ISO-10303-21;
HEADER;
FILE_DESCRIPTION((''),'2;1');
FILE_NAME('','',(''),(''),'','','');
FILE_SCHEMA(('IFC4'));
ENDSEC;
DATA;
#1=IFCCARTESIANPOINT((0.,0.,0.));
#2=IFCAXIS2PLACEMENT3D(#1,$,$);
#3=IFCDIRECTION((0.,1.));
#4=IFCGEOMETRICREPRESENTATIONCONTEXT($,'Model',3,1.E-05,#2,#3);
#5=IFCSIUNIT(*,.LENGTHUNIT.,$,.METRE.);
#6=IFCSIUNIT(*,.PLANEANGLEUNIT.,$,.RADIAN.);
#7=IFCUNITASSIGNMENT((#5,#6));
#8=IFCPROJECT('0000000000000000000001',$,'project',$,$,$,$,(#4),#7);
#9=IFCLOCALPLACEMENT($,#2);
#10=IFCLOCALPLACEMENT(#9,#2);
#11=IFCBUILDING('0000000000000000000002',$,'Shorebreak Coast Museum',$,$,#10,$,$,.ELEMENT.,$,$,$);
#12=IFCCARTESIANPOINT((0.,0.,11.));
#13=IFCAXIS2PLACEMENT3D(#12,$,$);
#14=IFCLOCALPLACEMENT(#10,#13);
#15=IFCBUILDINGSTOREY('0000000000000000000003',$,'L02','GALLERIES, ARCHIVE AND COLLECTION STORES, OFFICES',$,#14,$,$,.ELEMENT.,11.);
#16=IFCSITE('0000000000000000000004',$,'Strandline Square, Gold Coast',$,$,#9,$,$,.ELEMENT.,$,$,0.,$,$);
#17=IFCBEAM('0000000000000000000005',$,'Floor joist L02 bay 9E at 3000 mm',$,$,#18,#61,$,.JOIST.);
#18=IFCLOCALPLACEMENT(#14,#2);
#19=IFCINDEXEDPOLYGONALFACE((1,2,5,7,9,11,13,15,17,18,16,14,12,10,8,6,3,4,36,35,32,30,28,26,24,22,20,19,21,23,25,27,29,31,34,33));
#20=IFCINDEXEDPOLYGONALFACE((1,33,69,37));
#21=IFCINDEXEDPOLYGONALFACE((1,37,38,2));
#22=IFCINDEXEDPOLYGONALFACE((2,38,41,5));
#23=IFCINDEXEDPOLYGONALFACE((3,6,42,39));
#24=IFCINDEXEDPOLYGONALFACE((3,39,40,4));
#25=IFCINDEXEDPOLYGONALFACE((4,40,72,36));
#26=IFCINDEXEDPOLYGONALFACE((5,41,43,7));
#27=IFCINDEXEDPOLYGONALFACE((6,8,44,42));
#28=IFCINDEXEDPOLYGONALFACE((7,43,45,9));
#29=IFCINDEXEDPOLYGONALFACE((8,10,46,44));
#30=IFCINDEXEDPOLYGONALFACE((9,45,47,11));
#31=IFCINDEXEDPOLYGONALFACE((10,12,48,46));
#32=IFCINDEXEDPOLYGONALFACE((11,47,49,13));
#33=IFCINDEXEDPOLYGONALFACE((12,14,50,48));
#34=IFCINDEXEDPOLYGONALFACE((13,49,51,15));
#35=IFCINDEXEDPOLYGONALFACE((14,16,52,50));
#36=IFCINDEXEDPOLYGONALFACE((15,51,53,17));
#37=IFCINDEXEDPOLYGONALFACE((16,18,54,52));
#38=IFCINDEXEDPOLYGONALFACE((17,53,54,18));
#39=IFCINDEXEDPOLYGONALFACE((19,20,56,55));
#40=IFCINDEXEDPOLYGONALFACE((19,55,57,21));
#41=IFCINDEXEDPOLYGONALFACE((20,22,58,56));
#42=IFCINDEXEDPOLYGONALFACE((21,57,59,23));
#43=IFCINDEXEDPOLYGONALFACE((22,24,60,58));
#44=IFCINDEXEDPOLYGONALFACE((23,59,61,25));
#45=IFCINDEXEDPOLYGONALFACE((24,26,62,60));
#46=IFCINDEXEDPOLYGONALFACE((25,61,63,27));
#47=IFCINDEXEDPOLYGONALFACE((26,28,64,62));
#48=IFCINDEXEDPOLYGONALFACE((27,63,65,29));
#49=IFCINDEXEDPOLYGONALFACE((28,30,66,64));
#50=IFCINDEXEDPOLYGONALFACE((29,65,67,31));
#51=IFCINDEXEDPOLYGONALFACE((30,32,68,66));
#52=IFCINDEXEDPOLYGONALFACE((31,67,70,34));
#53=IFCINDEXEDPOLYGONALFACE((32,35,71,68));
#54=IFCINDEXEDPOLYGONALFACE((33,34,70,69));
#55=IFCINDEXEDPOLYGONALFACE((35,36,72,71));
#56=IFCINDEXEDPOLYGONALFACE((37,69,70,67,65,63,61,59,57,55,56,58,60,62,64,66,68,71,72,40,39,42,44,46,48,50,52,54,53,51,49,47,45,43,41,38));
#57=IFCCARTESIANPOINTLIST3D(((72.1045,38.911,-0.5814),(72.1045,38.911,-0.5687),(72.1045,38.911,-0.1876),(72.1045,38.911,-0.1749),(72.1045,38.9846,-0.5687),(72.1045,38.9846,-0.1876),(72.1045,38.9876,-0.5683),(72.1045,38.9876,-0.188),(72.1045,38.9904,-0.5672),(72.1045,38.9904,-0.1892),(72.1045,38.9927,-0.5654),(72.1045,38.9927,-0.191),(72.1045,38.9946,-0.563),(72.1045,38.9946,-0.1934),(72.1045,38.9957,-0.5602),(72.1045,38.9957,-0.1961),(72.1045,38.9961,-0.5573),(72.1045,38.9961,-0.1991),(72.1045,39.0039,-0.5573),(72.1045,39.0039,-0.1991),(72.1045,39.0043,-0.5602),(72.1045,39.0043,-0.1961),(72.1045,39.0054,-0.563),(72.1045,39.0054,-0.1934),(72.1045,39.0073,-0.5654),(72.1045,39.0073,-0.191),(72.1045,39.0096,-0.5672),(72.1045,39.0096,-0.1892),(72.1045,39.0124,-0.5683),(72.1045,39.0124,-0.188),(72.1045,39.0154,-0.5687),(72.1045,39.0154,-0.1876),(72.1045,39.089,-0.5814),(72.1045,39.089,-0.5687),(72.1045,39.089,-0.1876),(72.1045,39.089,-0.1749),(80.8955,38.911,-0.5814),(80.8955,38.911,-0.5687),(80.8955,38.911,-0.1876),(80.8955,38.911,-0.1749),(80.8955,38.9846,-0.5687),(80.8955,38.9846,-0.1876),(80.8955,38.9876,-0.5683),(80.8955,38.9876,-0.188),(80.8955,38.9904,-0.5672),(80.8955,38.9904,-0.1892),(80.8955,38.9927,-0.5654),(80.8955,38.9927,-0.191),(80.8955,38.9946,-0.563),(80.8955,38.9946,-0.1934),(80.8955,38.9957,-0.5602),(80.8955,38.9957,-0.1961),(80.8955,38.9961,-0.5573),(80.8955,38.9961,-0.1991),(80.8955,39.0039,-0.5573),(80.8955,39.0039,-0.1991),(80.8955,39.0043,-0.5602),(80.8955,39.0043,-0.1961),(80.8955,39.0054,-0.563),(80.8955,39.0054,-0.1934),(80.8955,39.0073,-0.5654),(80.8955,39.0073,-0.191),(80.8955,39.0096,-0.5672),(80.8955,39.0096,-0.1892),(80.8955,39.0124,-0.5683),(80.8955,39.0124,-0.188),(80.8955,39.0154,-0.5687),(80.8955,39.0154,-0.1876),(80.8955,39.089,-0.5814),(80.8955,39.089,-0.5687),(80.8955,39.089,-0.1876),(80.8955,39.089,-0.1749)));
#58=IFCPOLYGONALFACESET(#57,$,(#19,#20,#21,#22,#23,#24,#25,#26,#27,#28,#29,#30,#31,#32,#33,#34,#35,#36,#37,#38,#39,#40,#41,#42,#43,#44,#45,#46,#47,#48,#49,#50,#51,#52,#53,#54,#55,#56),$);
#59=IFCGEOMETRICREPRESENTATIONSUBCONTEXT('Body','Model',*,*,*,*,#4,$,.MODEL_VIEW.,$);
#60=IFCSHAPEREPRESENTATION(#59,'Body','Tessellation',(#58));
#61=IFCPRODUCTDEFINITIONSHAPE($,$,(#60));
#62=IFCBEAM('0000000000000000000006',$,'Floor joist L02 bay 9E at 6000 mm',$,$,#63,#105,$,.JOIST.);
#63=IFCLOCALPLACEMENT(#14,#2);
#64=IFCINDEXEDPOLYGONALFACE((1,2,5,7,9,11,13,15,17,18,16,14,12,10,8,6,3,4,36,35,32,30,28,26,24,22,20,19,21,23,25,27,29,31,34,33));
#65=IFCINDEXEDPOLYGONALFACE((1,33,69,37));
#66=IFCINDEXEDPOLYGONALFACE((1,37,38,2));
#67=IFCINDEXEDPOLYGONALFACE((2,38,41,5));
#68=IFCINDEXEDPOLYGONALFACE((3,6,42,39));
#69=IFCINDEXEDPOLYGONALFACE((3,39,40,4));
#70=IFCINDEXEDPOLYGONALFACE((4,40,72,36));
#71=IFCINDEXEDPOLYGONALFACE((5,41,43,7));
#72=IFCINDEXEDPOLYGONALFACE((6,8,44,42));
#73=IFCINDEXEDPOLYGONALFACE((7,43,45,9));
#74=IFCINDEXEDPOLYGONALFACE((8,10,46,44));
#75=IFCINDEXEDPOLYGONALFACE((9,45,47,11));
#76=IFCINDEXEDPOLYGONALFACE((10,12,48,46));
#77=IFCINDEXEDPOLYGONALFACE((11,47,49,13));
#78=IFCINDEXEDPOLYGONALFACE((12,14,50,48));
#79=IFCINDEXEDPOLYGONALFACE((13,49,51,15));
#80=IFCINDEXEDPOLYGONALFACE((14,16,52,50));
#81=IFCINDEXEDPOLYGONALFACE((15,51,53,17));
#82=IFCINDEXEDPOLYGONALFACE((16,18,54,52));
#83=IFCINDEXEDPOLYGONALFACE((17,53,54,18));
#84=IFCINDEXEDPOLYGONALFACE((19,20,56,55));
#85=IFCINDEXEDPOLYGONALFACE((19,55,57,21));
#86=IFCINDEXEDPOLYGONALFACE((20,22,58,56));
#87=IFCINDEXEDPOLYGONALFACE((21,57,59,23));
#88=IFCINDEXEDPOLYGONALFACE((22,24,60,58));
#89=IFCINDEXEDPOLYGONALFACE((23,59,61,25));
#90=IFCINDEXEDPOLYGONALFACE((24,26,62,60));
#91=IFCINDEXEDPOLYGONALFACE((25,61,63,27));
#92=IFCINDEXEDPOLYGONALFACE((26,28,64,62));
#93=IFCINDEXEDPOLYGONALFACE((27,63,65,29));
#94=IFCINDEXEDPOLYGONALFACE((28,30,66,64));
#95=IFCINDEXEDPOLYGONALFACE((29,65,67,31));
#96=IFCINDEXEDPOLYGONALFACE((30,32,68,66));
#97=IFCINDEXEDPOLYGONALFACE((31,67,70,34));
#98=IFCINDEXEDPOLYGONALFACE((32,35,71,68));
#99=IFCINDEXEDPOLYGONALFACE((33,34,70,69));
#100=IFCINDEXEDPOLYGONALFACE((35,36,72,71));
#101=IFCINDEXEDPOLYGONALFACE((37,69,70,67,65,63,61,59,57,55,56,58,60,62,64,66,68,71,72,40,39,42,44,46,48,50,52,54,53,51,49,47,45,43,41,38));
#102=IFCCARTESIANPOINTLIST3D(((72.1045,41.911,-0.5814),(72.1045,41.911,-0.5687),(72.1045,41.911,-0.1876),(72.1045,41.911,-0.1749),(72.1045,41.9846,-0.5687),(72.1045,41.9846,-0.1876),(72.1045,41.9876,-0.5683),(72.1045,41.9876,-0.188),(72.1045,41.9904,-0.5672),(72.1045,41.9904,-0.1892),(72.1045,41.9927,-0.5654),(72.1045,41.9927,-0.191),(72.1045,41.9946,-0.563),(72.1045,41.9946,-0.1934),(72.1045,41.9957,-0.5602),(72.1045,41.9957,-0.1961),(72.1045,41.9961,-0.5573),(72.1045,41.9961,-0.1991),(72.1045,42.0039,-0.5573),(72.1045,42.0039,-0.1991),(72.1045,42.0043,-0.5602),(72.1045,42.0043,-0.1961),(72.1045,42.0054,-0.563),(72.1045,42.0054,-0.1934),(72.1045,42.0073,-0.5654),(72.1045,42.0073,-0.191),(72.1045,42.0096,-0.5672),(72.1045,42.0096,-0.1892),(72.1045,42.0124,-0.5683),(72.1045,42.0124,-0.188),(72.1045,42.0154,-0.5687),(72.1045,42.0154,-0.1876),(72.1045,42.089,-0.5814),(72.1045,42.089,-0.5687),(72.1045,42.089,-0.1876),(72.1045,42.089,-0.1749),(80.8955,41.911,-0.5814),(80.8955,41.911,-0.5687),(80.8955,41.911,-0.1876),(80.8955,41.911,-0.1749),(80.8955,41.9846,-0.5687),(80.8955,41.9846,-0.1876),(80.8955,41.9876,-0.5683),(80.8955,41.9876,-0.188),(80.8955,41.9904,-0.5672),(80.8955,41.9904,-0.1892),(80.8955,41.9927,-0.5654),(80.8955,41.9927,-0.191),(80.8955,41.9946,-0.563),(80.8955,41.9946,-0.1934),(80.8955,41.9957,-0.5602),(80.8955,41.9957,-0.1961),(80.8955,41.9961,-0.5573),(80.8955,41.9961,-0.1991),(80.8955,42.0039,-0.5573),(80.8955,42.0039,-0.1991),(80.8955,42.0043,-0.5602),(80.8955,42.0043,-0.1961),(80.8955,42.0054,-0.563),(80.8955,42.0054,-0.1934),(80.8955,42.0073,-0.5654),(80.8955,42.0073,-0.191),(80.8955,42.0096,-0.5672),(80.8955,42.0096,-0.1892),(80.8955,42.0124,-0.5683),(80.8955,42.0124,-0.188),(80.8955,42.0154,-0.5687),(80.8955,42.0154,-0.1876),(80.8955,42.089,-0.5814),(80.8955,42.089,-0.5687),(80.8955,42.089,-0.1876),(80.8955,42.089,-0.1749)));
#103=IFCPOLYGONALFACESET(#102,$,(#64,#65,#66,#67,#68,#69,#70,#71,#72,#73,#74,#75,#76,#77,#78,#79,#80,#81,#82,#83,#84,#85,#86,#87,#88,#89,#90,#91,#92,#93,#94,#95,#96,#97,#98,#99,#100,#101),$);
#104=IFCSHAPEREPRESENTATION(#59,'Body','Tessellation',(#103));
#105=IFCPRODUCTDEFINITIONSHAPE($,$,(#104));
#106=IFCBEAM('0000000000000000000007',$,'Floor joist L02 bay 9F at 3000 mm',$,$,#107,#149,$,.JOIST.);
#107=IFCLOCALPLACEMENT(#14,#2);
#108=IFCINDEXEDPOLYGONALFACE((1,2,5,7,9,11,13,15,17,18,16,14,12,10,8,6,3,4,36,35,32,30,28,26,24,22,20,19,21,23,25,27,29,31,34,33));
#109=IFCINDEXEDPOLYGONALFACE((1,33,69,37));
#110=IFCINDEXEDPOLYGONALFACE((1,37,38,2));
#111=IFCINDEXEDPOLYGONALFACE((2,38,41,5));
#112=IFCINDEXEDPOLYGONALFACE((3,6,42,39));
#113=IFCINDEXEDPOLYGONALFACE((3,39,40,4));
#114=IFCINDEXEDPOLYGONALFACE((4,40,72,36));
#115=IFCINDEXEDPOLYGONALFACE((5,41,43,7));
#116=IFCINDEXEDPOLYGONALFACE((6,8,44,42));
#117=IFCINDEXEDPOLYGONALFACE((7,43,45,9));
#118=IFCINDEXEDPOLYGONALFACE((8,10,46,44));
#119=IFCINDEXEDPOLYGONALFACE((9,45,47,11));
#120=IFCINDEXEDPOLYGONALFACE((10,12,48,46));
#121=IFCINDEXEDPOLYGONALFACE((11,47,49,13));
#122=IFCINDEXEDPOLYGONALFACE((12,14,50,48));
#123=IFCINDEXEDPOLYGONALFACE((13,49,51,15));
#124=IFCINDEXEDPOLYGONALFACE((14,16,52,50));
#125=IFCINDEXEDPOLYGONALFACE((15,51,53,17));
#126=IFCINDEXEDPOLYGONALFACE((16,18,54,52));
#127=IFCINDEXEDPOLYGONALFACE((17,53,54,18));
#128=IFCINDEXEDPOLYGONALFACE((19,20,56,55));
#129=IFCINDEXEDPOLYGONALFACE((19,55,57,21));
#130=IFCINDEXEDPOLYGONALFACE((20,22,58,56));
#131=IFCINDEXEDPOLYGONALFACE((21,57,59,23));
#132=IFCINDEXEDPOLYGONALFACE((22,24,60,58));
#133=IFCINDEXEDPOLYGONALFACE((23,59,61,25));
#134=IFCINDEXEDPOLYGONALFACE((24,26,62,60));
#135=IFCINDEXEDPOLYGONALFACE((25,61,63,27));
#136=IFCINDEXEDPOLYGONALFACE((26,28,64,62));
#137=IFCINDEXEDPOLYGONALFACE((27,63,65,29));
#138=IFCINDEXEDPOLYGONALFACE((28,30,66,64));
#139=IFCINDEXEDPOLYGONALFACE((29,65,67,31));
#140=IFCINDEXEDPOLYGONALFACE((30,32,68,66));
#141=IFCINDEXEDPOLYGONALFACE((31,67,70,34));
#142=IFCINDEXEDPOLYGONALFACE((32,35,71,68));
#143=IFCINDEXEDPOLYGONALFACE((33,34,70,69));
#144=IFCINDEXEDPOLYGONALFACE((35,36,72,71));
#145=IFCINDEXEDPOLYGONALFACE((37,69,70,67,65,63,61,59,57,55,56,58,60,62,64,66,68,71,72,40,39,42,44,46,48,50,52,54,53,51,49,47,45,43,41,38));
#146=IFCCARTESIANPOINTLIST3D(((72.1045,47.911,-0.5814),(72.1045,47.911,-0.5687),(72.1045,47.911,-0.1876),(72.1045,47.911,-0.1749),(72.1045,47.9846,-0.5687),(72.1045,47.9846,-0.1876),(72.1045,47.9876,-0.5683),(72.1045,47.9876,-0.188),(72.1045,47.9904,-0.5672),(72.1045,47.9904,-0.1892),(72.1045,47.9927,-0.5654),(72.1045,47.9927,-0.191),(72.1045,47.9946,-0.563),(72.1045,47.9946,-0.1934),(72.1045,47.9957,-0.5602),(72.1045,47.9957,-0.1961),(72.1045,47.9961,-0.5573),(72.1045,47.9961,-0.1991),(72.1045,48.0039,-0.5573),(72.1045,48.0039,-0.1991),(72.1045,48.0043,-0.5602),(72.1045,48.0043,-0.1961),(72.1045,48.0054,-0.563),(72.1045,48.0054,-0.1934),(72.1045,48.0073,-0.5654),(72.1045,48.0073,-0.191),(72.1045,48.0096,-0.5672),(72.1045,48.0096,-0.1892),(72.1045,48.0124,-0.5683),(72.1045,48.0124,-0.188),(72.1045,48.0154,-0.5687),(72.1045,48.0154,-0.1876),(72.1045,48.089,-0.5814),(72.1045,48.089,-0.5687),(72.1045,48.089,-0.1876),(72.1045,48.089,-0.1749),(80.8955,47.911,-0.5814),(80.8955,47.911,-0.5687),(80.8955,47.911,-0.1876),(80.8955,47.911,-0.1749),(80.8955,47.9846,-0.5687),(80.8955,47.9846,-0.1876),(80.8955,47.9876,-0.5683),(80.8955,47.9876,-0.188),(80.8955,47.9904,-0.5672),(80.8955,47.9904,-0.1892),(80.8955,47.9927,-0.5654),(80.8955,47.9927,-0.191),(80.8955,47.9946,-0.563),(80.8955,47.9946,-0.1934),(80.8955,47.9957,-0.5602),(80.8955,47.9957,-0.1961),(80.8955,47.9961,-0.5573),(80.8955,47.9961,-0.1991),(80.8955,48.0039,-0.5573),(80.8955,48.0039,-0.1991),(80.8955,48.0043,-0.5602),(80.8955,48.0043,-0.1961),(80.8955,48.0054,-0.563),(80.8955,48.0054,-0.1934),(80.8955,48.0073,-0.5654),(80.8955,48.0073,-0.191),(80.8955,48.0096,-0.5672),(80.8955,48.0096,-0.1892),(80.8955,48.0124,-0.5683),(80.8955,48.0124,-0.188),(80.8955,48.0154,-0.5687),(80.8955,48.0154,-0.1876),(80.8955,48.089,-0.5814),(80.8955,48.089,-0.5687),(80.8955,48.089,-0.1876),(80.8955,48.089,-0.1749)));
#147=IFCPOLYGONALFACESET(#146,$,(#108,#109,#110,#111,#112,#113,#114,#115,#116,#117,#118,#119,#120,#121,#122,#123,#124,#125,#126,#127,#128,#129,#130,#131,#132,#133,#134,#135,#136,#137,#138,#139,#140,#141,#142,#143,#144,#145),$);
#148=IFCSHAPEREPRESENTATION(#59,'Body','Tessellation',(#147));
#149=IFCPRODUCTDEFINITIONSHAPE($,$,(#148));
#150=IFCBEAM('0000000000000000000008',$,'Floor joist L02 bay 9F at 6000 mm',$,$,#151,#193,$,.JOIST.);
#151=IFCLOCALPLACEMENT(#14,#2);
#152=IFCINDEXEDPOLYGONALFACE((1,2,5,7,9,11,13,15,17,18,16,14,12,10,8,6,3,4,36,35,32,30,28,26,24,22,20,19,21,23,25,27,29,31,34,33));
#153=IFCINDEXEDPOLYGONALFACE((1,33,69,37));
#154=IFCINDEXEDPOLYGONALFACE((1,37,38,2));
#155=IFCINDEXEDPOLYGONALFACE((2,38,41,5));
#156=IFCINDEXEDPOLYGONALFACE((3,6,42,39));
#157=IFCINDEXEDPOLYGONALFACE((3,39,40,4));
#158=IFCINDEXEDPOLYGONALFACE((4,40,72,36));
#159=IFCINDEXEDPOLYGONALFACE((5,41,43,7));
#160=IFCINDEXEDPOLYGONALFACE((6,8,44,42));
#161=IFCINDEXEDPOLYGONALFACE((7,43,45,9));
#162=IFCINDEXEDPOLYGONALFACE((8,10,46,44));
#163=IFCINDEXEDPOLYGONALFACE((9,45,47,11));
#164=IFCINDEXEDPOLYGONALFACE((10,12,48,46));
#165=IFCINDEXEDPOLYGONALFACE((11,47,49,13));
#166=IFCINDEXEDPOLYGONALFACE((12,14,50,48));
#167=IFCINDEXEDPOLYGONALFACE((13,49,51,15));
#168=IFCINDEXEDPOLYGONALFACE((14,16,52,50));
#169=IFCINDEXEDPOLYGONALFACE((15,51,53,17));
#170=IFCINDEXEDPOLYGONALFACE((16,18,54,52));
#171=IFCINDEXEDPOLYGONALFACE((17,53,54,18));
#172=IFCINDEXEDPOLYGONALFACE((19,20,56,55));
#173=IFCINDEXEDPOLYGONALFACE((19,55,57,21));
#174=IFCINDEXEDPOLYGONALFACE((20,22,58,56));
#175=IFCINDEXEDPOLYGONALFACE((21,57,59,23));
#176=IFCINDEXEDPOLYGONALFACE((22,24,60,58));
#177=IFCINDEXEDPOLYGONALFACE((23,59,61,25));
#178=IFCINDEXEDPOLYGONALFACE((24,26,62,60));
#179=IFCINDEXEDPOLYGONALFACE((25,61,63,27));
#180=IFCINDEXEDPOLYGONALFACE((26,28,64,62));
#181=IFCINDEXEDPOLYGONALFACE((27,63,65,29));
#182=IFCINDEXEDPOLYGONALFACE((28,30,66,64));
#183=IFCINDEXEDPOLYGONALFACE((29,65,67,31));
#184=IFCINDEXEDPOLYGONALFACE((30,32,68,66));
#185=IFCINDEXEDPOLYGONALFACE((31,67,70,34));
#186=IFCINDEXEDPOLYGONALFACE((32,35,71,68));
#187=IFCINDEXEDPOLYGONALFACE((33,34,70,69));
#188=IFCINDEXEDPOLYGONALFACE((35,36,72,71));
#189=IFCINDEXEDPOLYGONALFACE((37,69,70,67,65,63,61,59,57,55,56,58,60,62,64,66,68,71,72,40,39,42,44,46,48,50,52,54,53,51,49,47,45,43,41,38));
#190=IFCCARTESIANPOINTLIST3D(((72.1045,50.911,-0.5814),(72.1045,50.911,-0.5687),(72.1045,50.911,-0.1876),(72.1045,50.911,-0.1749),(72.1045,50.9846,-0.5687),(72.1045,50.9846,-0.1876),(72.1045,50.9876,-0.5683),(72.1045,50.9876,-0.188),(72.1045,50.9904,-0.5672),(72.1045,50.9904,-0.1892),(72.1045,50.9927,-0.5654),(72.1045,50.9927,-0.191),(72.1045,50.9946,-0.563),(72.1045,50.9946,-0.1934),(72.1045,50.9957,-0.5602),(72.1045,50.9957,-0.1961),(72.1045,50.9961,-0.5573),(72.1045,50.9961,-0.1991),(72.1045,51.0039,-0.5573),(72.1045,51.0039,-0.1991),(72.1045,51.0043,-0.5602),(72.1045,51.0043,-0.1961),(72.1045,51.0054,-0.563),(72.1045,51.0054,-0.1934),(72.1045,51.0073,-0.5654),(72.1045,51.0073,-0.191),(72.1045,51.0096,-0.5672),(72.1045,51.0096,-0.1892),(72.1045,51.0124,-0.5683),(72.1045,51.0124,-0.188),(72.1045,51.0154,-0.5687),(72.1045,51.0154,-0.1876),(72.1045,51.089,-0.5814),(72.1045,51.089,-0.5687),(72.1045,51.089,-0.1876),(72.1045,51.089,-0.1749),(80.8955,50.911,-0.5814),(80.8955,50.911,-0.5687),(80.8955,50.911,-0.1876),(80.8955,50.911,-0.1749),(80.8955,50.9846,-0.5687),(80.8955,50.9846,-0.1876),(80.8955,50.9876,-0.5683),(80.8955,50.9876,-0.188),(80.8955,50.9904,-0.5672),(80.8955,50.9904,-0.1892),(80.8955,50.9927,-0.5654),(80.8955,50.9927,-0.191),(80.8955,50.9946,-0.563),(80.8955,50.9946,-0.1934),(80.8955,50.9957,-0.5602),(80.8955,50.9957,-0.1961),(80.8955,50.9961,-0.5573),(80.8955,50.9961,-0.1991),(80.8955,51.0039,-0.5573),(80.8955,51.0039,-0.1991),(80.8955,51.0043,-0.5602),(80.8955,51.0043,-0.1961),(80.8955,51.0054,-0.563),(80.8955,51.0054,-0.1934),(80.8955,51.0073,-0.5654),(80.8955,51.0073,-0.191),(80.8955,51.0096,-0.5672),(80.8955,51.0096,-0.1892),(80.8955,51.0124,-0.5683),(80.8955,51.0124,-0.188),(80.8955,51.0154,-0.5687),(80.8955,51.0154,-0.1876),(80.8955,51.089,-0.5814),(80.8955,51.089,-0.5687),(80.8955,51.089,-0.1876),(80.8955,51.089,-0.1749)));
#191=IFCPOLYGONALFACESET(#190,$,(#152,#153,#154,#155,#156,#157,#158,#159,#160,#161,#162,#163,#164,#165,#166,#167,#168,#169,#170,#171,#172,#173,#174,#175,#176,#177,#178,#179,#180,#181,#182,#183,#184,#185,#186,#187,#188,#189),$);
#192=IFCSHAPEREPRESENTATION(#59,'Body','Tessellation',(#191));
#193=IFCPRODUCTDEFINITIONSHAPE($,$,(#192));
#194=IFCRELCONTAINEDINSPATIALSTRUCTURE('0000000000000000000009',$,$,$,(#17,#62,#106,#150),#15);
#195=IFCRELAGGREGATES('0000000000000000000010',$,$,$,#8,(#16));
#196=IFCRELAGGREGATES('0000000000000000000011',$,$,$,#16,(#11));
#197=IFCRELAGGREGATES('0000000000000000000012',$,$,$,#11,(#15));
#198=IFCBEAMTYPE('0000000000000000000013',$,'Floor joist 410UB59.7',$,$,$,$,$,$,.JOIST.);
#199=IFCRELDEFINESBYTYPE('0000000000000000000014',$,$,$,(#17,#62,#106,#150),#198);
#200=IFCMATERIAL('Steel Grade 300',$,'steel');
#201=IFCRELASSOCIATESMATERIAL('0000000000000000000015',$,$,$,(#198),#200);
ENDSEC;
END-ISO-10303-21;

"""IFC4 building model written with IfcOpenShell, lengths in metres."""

from ifc_helpers import new_model, si_unit, direction, frame, origin, origin_2d, place, context, subcontext, project, spatial, i_section, extrude, material, material_profile, profile_set, type_object, element, save


model = new_model("IFC4")

# Units and contexts
model_context = context("Model", 3, precision=1e-05, world=origin(), true_north=direction((0.0, 1.0)))
body_context = subcontext(model_context, "Body", "Model", "MODEL_VIEW")
ifc_project = project(units=[si_unit("LENGTHUNIT", "METRE"), si_unit("PLANEANGLEUNIT", "RADIAN")], contexts=[model_context])

# Site, building, storey
site_placement = place(None, origin())
site = spatial("IfcSite", under=ifc_project, at=site_placement, Name="Strandline Square, Gold Coast", CompositionType="ELEMENT", RefElevation=0.0)
building_placement = place(site_placement, origin())
building = spatial("IfcBuilding", under=site, at=building_placement, Name="Shorebreak Coast Museum", CompositionType="ELEMENT")
storey_placement = place(building_placement, frame((0.0, 0.0, 11.0)))
storey = spatial("IfcBuildingStorey", under=building, at=storey_placement, Name="L02", Description="GALLERIES, ARCHIVE AND COLLECTION STORES, OFFICES", CompositionType="ELEMENT", Elevation=11.0)

# Beams
ifc_material_1 = material(Name="Steel Grade 300", Category="steel")
ifc_material_profile_1 = material_profile(ifc_material_1, i_section(OverallWidth=0.178, OverallDepth=0.4065, WebThickness=0.0078, FlangeThickness=0.0127, FilletRadius=0.0115, at=origin_2d()), Name="410UB59.7")
ifc_profile_set_1 = profile_set([ifc_material_profile_1], Name="Steel Grade 300")
beam_type_1 = type_object("IfcBeamType", Name="Floor joist 410UB59.7", PredefinedType="JOIST", material=ifc_profile_set_1)
for number, where, z_axis, x_axis, name in (
    (1, (72.1045, 39.0, -0.3782), (1.0, 0.0, 0.0), (0.0, 1.0, 0.0), "Floor joist L02 bay 9E at 3000 mm"),
    (2, (72.1045, 42.0, -0.3782), (1.0, 0.0, 0.0), (0.0, 1.0, 0.0), "Floor joist L02 bay 9E at 6000 mm"),
    (3, (72.1045, 48.0, -0.3782), (1.0, 0.0, 0.0), (0.0, 1.0, 0.0), "Floor joist L02 bay 9F at 3000 mm"),
    (4, (72.1045, 51.0, -0.3782), (1.0, 0.0, 0.0), (0.0, 1.0, 0.0), "Floor joist L02 bay 9F at 6000 mm"),
):
    element("IfcBeam", number, at=place(storey_placement, frame(where, z_axis=z_axis, x_axis=x_axis)), inside=storey, type_object=beam_type_1, Name=name, PredefinedType="JOIST", context=body_context, shape_type="SweptSolid", body=[
        extrude(i_section(OverallWidth=0.178, OverallDepth=0.4065, WebThickness=0.0078, FlangeThickness=0.0127, FilletRadius=0.0115, at=origin_2d()), origin(), (0.0, 0.0, 1.0), 8.791),
    ])

save(model, "model.ifc")
